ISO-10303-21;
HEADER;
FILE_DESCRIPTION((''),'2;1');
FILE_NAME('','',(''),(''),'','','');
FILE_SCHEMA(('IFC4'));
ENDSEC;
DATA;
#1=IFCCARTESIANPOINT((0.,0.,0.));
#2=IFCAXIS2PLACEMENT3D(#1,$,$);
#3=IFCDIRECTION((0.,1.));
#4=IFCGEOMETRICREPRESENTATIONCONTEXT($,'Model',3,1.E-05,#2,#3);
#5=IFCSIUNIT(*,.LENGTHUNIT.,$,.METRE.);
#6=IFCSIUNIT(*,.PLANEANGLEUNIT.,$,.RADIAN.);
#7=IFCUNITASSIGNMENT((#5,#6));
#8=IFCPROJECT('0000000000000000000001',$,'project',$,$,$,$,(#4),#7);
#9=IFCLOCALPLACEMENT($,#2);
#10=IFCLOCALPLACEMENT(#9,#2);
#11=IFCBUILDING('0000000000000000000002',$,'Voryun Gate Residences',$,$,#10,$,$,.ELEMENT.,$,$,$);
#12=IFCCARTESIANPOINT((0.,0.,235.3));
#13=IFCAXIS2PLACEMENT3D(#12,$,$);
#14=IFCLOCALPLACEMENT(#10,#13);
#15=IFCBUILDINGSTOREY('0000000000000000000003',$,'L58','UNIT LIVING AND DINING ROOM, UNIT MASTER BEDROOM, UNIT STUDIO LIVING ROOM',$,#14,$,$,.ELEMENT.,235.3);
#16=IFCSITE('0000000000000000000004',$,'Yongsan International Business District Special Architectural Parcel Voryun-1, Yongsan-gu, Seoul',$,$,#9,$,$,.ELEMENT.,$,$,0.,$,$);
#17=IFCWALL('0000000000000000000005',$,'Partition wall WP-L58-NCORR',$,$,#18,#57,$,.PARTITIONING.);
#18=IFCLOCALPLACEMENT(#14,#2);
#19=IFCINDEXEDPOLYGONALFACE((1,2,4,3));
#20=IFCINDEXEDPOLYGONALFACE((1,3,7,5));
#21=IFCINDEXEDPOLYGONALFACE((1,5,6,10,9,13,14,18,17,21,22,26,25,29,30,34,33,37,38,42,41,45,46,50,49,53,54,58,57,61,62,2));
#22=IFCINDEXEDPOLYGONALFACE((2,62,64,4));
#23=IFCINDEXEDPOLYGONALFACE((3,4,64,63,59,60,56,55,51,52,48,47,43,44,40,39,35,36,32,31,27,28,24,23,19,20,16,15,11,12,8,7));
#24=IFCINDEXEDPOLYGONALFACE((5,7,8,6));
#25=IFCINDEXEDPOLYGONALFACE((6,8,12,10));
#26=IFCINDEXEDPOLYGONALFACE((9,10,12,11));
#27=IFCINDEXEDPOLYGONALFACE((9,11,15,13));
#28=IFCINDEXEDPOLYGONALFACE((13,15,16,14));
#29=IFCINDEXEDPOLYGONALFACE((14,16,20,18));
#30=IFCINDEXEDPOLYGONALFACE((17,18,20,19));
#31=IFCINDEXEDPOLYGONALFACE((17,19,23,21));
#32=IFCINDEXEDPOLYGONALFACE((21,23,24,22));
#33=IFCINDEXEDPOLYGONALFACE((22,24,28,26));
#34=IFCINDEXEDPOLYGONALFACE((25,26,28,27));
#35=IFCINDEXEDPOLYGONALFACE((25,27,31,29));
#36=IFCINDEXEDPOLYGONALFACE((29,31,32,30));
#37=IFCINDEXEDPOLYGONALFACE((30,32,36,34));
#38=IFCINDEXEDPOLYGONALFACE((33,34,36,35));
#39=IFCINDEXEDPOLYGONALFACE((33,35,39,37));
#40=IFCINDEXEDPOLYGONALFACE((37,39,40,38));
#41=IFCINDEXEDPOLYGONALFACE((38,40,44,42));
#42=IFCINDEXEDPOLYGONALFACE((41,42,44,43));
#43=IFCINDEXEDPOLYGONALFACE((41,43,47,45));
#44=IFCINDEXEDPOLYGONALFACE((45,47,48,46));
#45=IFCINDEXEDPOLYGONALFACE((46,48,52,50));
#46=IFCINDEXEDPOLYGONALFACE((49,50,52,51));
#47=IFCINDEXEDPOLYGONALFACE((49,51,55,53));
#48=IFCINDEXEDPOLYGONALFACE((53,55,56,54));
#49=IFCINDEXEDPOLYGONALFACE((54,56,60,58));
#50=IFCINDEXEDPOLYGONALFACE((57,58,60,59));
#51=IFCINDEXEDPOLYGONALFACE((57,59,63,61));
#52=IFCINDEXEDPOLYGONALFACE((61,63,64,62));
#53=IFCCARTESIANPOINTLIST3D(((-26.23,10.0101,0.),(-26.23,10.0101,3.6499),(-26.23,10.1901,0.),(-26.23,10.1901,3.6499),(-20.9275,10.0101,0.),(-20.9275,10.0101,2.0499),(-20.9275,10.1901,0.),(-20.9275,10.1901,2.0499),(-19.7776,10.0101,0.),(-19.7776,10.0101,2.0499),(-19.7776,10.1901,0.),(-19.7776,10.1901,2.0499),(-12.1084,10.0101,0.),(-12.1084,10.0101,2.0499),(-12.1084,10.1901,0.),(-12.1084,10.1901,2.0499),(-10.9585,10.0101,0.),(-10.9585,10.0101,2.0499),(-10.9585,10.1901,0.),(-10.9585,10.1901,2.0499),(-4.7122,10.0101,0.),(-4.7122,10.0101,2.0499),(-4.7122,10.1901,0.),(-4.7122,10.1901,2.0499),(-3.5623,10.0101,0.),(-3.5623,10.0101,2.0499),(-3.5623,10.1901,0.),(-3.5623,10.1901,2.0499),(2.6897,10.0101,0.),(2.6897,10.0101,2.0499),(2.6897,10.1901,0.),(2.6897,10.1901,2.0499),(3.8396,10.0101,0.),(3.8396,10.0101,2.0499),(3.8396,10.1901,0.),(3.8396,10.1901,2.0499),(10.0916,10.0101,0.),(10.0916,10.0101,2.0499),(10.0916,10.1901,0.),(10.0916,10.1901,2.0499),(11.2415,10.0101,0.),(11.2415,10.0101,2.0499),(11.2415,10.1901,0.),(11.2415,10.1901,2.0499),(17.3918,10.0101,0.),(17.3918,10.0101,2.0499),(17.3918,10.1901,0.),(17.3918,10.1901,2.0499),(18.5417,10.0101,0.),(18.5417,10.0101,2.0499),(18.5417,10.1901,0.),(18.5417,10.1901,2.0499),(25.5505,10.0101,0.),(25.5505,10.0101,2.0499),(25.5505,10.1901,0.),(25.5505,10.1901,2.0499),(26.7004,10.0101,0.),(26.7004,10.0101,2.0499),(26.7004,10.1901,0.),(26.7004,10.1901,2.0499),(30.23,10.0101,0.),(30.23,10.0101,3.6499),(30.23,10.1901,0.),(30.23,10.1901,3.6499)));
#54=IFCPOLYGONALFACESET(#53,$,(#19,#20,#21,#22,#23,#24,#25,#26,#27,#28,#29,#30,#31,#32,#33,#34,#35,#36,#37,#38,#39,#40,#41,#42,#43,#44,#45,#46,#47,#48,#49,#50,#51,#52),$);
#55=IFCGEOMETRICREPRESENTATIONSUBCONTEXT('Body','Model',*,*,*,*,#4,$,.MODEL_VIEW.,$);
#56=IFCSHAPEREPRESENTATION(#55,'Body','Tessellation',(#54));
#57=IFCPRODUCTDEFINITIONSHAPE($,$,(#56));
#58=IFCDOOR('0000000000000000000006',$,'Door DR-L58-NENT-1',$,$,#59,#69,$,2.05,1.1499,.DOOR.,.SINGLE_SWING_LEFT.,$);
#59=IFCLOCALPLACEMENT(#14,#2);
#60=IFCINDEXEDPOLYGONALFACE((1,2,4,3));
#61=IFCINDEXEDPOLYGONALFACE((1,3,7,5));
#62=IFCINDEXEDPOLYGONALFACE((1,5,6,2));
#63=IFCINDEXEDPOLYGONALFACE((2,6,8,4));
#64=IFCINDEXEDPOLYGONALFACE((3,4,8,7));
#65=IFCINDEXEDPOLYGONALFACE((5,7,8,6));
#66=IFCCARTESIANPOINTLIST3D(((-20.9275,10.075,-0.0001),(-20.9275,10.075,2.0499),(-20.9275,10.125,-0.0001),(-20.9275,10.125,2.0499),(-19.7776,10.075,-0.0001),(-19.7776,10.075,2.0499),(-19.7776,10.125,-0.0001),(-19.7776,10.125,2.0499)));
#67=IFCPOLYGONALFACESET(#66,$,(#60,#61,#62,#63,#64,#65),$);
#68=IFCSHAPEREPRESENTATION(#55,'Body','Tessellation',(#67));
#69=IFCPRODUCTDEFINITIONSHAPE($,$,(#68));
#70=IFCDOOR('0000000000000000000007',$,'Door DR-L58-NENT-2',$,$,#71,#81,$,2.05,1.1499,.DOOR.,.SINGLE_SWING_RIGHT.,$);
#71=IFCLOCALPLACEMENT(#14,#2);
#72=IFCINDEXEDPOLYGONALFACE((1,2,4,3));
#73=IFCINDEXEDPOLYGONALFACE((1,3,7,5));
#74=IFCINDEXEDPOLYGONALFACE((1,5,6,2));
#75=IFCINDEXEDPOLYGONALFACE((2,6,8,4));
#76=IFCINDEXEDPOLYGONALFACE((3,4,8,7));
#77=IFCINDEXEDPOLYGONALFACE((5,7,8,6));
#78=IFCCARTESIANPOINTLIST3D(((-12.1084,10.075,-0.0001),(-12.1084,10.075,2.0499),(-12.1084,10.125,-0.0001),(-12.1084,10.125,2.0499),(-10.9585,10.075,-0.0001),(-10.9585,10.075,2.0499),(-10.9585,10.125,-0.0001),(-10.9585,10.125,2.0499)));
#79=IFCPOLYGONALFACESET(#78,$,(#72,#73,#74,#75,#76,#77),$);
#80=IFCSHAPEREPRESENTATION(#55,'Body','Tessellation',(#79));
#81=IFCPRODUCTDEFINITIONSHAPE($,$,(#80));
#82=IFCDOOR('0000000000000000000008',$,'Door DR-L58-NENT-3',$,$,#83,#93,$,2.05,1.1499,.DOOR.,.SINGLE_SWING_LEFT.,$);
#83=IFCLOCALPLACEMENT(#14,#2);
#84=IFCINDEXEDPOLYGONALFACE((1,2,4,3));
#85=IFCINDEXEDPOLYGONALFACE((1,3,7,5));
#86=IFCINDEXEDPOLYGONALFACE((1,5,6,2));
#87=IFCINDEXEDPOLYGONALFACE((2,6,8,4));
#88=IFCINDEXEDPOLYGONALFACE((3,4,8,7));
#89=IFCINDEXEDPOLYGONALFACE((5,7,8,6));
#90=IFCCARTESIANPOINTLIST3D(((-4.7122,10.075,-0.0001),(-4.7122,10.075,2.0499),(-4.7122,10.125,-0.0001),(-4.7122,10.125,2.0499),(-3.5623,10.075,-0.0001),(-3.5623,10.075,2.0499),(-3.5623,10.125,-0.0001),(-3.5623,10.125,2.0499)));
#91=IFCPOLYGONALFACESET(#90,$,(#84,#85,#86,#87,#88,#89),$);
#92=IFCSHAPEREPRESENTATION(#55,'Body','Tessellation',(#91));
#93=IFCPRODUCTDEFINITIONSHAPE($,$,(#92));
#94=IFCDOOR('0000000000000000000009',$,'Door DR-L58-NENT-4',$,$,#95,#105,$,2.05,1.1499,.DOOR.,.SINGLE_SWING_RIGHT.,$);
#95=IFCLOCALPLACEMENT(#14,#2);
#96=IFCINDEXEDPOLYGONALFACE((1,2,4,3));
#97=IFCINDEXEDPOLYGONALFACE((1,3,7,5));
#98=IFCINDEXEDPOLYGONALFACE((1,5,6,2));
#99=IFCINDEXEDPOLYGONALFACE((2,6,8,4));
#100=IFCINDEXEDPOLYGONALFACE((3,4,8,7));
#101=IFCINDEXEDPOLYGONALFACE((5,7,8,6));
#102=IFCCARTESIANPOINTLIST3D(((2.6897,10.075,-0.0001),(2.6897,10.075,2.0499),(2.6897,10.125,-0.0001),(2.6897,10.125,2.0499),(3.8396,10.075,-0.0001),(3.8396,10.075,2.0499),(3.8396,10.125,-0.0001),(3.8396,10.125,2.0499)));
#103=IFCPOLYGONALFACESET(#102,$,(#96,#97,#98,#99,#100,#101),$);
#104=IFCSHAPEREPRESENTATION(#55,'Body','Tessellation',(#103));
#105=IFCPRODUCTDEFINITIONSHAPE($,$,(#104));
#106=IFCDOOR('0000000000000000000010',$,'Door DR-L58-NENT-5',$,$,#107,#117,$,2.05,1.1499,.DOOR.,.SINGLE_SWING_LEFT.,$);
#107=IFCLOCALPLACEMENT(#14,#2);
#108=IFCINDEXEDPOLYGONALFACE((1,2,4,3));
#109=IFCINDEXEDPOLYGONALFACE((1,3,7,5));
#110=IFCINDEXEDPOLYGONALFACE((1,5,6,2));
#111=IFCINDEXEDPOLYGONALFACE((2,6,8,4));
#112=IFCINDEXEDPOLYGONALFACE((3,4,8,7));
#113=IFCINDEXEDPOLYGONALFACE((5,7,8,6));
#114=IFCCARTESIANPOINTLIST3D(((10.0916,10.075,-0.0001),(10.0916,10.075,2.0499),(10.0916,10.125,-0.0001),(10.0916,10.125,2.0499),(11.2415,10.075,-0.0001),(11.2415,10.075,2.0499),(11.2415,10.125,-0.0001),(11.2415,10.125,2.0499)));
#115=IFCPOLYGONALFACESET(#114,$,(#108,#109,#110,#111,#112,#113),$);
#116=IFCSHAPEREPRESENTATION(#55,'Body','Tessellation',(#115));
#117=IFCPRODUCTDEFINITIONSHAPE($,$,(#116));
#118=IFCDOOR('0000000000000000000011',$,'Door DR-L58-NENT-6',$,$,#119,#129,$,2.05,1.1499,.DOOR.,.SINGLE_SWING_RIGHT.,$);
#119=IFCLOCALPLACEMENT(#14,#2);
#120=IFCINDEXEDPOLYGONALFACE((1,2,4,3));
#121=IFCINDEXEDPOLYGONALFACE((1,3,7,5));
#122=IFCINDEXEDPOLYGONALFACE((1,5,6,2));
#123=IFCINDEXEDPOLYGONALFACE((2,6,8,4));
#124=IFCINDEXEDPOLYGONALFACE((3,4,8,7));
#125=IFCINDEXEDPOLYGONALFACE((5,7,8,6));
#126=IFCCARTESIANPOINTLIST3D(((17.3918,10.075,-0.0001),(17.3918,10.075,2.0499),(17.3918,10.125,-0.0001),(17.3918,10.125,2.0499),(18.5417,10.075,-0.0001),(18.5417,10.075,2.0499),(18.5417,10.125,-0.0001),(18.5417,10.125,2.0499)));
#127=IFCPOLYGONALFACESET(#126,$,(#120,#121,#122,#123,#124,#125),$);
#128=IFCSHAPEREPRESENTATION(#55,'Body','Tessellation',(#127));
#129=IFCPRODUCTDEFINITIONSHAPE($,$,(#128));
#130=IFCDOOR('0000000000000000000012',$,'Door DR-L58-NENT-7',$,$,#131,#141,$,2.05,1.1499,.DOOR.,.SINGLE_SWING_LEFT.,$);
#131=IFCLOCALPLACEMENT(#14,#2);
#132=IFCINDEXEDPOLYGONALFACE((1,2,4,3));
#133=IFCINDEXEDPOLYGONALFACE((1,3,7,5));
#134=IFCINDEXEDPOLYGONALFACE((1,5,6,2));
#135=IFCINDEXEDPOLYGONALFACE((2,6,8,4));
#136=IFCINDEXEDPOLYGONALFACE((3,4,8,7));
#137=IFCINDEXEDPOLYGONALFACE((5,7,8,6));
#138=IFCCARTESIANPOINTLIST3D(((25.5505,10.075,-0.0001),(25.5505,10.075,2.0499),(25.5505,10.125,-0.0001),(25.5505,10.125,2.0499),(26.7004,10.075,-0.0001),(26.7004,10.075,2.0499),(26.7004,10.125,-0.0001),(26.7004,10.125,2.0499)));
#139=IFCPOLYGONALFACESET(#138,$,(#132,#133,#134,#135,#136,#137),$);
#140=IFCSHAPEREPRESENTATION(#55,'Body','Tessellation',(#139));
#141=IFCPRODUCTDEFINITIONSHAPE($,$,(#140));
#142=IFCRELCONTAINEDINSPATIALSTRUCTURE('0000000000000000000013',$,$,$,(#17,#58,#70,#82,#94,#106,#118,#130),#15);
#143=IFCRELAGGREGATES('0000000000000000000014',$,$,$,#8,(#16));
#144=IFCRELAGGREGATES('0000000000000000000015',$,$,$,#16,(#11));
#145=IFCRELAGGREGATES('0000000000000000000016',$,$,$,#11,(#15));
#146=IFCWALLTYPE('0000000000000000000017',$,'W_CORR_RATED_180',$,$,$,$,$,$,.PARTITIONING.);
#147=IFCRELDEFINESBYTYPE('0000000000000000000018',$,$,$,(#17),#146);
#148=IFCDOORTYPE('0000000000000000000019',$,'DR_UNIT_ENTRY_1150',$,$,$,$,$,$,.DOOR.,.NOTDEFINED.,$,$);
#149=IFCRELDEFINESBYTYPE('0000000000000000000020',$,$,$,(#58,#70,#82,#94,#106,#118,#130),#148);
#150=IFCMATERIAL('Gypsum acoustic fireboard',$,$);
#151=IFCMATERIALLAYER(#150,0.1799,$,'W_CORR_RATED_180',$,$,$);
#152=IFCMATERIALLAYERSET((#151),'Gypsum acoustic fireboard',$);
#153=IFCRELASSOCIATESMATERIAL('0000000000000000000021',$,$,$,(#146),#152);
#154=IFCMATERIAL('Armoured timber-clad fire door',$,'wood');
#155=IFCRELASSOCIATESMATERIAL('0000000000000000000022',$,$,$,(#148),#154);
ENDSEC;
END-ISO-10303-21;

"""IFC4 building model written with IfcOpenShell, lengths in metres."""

from ifc_helpers import new_model, si_unit, direction, frame, frame_2d, origin, place, context, subcontext, project, spatial, rectangle, extrude, material, layer, layer_set, type_object, element, fill, save


model = new_model("IFC4")

# Units and contexts
model_context = context("Model", 3, precision=1e-05, world=origin(), true_north=direction((0.0, 1.0)))
body_context = subcontext(model_context, "Body", "Model", "MODEL_VIEW")
ifc_project = project(units=[si_unit("LENGTHUNIT", "METRE"), si_unit("PLANEANGLEUNIT", "RADIAN")], contexts=[model_context])

# Site, building, storey
site_placement = place(None, origin())
site = spatial("IfcSite", under=ifc_project, at=site_placement, Name="Yongsan International Business District Special Architectural Parcel Voryun-1, Yongsan-gu, Seoul", CompositionType="ELEMENT", RefElevation=0.0)
building_placement = place(site_placement, origin())
building = spatial("IfcBuilding", under=site, at=building_placement, Name="Voryun Gate Residences", CompositionType="ELEMENT")
storey_placement = place(building_placement, frame((0.0, 0.0, 235.3)))
storey = spatial("IfcBuildingStorey", under=building, at=storey_placement, Name="L58", Description="UNIT LIVING AND DINING ROOM, UNIT MASTER BEDROOM, UNIT STUDIO LIVING ROOM", CompositionType="ELEMENT", Elevation=235.3)

# Shared definitions
ifc_material_1 = material(Name="Gypsum acoustic fireboard")
ifc_layer_1 = layer(ifc_material_1, 0.1799, Name="W_CORR_RATED_180")
ifc_layer_set_1 = layer_set([ifc_layer_1], Name="Gypsum acoustic fireboard")
wall_type_1 = type_object("IfcWallType", Name="W_CORR_RATED_180", PredefinedType="PARTITIONING", material=ifc_layer_set_1)
ifc_material_2 = material(Name="Armoured timber-clad fire door", Category="wood")
door_type_1 = type_object("IfcDoorType", Name="DR_UNIT_ENTRY_1150", OperationType="NOTDEFINED", PredefinedType="DOOR", material=ifc_material_2)

# Wall, openings, doors
wall_1_placement = place(storey_placement, frame((-26.23, 10.1001, 0.0), z_axis=(0.0, 0.0, 1.0), x_axis=(1.0, 0.0, 0.0)))
wall_1 = element("IfcWall", 1, at=wall_1_placement, inside=storey, type_object=wall_type_1, Name="Partition wall WP-L58-NCORR", PredefinedType="PARTITIONING", context=body_context, shape_type="SweptSolid", body=[
    extrude(rectangle(XDim=56.46, YDim=0.1799, at=frame_2d((28.23, 0.0))), origin(), (0.0, 0.0, 1.0), 3.6499),
])
opening_1_placement = place(wall_1_placement, frame((5.3025, 0.0, 0.0)))
opening_1 = element("IfcOpeningElement", 2, at=opening_1_placement, cuts=wall_1, PredefinedType="OPENING", context=body_context, shape_type="SweptSolid", body=[
    extrude(rectangle(XDim=1.1499, YDim=2.05, at=frame_2d((0.575, 1.0249))), frame((0.0, 0.0999, 0.0), z_axis=(0.0, -1.0, 0.0), x_axis=(1.0, 0.0, 0.0)), (0.0, 0.0, 1.0), 0.2),
])
opening_2_placement = place(wall_1_placement, frame((14.1216, 0.0, 0.0)))
opening_2 = element("IfcOpeningElement", 3, at=opening_2_placement, cuts=wall_1, PredefinedType="OPENING", context=body_context, shape_type="SweptSolid", body=[
    extrude(rectangle(XDim=1.1499, YDim=2.05, at=frame_2d((0.575, 1.0249))), frame((0.0, 0.0999, 0.0), z_axis=(0.0, -1.0, 0.0), x_axis=(1.0, 0.0, 0.0)), (0.0, 0.0, 1.0), 0.2),
])
opening_3_placement = place(wall_1_placement, frame((21.5178, 0.0, 0.0)))
opening_3 = element("IfcOpeningElement", 4, at=opening_3_placement, cuts=wall_1, PredefinedType="OPENING", context=body_context, shape_type="SweptSolid", body=[
    extrude(rectangle(XDim=1.1499, YDim=2.05, at=frame_2d((0.575, 1.0249))), frame((0.0, 0.0999, 0.0), z_axis=(0.0, -1.0, 0.0), x_axis=(1.0, 0.0, 0.0)), (0.0, 0.0, 1.0), 0.2),
])
opening_4_placement = place(wall_1_placement, frame((28.9197, 0.0, 0.0)))
opening_4 = element("IfcOpeningElement", 5, at=opening_4_placement, cuts=wall_1, PredefinedType="OPENING", context=body_context, shape_type="SweptSolid", body=[
    extrude(rectangle(XDim=1.1499, YDim=2.05, at=frame_2d((0.575, 1.0249))), frame((0.0, 0.0999, 0.0), z_axis=(0.0, -1.0, 0.0), x_axis=(1.0, 0.0, 0.0)), (0.0, 0.0, 1.0), 0.2),
])
opening_5_placement = place(wall_1_placement, frame((36.3215, 0.0, 0.0)))
opening_5 = element("IfcOpeningElement", 6, at=opening_5_placement, cuts=wall_1, PredefinedType="OPENING", context=body_context, shape_type="SweptSolid", body=[
    extrude(rectangle(XDim=1.1499, YDim=2.05, at=frame_2d((0.575, 1.0249))), frame((0.0, 0.0999, 0.0), z_axis=(0.0, -1.0, 0.0), x_axis=(1.0, 0.0, 0.0)), (0.0, 0.0, 1.0), 0.2),
])
opening_6_placement = place(wall_1_placement, frame((43.6218, 0.0, 0.0)))
opening_6 = element("IfcOpeningElement", 7, at=opening_6_placement, cuts=wall_1, PredefinedType="OPENING", context=body_context, shape_type="SweptSolid", body=[
    extrude(rectangle(XDim=1.1499, YDim=2.05, at=frame_2d((0.575, 1.0249))), frame((0.0, 0.0999, 0.0), z_axis=(0.0, -1.0, 0.0), x_axis=(1.0, 0.0, 0.0)), (0.0, 0.0, 1.0), 0.2),
])
opening_7_placement = place(wall_1_placement, frame((51.7805, 0.0, 0.0)))
opening_7 = element("IfcOpeningElement", 8, at=opening_7_placement, cuts=wall_1, PredefinedType="OPENING", context=body_context, shape_type="SweptSolid", body=[
    extrude(rectangle(XDim=1.1499, YDim=2.05, at=frame_2d((0.575, 1.0249))), frame((0.0, 0.0999, 0.0), z_axis=(0.0, -1.0, 0.0), x_axis=(1.0, 0.0, 0.0)), (0.0, 0.0, 1.0), 0.2),
])
door_1_placement = place(opening_1_placement, origin())
door_1 = element("IfcDoor", 9, at=door_1_placement, inside=storey, type_object=door_type_1, Name="Door DR-L58-NENT-1", OperationType="SINGLE_SWING_LEFT", OverallHeight=2.05, OverallWidth=1.1499, PredefinedType="DOOR", context=body_context, shape_type="SweptSolid", body=[
    extrude(rectangle(XDim=1.1499, YDim=2.05, at=frame_2d((0.575, 1.0249))), frame((0.0, 0.0249, 0.0), z_axis=(0.0, -1.0, 0.0), x_axis=(1.0, 0.0, 0.0)), (0.0, 0.0, 1.0), 0.05),
])
fill(opening_1, door_1)
door_2_placement = place(opening_2_placement, origin())
door_2 = element("IfcDoor", 10, at=door_2_placement, inside=storey, type_object=door_type_1, Name="Door DR-L58-NENT-2", OperationType="SINGLE_SWING_RIGHT", OverallHeight=2.05, OverallWidth=1.1499, PredefinedType="DOOR", context=body_context, shape_type="SweptSolid", body=[
    extrude(rectangle(XDim=1.1499, YDim=2.05, at=frame_2d((0.575, 1.0249))), frame((0.0, 0.0249, 0.0), z_axis=(0.0, -1.0, 0.0), x_axis=(1.0, 0.0, 0.0)), (0.0, 0.0, 1.0), 0.05),
])
fill(opening_2, door_2)
door_3_placement = place(opening_3_placement, origin())
door_3 = element("IfcDoor", 11, at=door_3_placement, inside=storey, type_object=door_type_1, Name="Door DR-L58-NENT-3", OperationType="SINGLE_SWING_LEFT", OverallHeight=2.05, OverallWidth=1.1499, PredefinedType="DOOR", context=body_context, shape_type="SweptSolid", body=[
    extrude(rectangle(XDim=1.1499, YDim=2.05, at=frame_2d((0.575, 1.0249))), frame((0.0, 0.0249, 0.0), z_axis=(0.0, -1.0, 0.0), x_axis=(1.0, 0.0, 0.0)), (0.0, 0.0, 1.0), 0.05),
])
fill(opening_3, door_3)
door_4_placement = place(opening_4_placement, origin())
door_4 = element("IfcDoor", 12, at=door_4_placement, inside=storey, type_object=door_type_1, Name="Door DR-L58-NENT-4", OperationType="SINGLE_SWING_RIGHT", OverallHeight=2.05, OverallWidth=1.1499, PredefinedType="DOOR", context=body_context, shape_type="SweptSolid", body=[
    extrude(rectangle(XDim=1.1499, YDim=2.05, at=frame_2d((0.575, 1.0249))), frame((0.0, 0.0249, 0.0), z_axis=(0.0, -1.0, 0.0), x_axis=(1.0, 0.0, 0.0)), (0.0, 0.0, 1.0), 0.05),
])
fill(opening_4, door_4)
door_5_placement = place(opening_5_placement, origin())
door_5 = element("IfcDoor", 13, at=door_5_placement, inside=storey, type_object=door_type_1, Name="Door DR-L58-NENT-5", OperationType="SINGLE_SWING_LEFT", OverallHeight=2.05, OverallWidth=1.1499, PredefinedType="DOOR", context=body_context, shape_type="SweptSolid", body=[
    extrude(rectangle(XDim=1.1499, YDim=2.05, at=frame_2d((0.575, 1.0249))), frame((0.0, 0.0249, 0.0), z_axis=(0.0, -1.0, 0.0), x_axis=(1.0, 0.0, 0.0)), (0.0, 0.0, 1.0), 0.05),
])
fill(opening_5, door_5)
door_6_placement = place(opening_6_placement, origin())
door_6 = element("IfcDoor", 14, at=door_6_placement, inside=storey, type_object=door_type_1, Name="Door DR-L58-NENT-6", OperationType="SINGLE_SWING_RIGHT", OverallHeight=2.05, OverallWidth=1.1499, PredefinedType="DOOR", context=body_context, shape_type="SweptSolid", body=[
    extrude(rectangle(XDim=1.1499, YDim=2.05, at=frame_2d((0.575, 1.0249))), frame((0.0, 0.0249, 0.0), z_axis=(0.0, -1.0, 0.0), x_axis=(1.0, 0.0, 0.0)), (0.0, 0.0, 1.0), 0.05),
])
fill(opening_6, door_6)
door_7_placement = place(opening_7_placement, origin())
door_7 = element("IfcDoor", 15, at=door_7_placement, inside=storey, type_object=door_type_1, Name="Door DR-L58-NENT-7", OperationType="SINGLE_SWING_LEFT", OverallHeight=2.05, OverallWidth=1.1499, PredefinedType="DOOR", context=body_context, shape_type="SweptSolid", body=[
    extrude(rectangle(XDim=1.1499, YDim=2.05, at=frame_2d((0.575, 1.0249))), frame((0.0, 0.0249, 0.0), z_axis=(0.0, -1.0, 0.0), x_axis=(1.0, 0.0, 0.0)), (0.0, 0.0, 1.0), 0.05),
])
fill(opening_7, door_7)

save(model, "model.ifc")
